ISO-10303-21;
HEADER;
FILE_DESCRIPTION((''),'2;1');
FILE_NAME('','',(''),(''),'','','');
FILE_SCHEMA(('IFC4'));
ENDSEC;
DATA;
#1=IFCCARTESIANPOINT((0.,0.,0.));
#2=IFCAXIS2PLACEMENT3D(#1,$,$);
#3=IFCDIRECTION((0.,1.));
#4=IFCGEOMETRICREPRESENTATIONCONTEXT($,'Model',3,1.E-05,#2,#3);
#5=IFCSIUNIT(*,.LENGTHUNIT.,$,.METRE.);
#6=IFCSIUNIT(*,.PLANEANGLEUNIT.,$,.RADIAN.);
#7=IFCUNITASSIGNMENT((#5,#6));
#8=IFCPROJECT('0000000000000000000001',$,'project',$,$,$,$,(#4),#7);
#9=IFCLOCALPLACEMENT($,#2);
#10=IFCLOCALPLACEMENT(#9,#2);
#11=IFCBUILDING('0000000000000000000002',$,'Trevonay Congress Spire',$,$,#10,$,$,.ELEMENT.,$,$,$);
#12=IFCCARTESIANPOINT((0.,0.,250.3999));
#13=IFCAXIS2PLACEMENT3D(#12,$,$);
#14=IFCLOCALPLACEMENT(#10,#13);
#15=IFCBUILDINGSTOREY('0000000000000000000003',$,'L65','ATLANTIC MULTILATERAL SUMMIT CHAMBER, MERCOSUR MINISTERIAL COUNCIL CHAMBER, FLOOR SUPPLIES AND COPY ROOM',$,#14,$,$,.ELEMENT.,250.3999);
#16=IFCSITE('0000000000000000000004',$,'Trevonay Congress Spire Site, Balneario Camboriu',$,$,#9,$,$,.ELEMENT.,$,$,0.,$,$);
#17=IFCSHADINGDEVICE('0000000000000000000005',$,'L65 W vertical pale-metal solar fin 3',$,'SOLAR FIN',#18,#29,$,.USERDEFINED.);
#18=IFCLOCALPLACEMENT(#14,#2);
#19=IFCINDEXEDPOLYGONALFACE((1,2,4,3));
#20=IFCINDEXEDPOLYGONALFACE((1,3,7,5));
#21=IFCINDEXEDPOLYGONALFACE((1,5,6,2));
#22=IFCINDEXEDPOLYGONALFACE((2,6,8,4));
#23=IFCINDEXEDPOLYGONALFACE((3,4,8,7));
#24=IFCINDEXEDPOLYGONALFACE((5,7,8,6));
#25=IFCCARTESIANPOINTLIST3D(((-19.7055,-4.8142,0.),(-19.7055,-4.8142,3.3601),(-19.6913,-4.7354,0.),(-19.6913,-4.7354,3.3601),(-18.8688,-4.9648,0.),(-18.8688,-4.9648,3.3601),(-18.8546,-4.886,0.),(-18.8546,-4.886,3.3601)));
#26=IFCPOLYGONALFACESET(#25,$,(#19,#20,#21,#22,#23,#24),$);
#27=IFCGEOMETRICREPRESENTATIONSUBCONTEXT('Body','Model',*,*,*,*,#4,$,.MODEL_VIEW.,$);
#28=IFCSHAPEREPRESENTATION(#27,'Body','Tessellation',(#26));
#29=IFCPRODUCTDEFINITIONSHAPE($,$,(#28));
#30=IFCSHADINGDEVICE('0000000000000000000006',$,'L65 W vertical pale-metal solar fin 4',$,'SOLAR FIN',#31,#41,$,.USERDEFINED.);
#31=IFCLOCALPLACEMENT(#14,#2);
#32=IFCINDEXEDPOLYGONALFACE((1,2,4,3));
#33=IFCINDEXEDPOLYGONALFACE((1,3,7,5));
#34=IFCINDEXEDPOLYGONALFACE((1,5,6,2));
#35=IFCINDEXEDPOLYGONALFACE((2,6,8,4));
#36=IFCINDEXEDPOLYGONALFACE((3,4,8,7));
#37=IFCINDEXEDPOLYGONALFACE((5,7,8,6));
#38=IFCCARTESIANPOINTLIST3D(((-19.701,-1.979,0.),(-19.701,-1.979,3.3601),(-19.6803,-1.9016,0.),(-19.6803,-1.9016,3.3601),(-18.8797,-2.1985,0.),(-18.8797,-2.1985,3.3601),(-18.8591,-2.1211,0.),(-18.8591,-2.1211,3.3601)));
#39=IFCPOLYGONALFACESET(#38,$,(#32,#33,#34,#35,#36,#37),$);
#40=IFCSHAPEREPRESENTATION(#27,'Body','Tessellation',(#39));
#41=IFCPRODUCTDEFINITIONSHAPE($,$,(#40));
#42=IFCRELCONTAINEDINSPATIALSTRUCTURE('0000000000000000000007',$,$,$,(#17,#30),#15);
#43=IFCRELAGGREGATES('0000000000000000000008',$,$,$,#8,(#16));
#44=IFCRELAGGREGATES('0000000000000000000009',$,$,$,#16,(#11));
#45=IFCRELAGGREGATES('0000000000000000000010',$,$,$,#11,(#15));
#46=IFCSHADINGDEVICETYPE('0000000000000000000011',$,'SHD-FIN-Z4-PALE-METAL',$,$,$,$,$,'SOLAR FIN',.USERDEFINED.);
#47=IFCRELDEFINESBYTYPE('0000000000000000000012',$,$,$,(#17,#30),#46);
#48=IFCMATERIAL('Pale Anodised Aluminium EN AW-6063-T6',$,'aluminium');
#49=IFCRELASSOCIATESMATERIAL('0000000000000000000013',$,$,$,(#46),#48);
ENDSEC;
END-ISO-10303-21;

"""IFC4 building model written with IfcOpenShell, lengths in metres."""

from ifc_helpers import new_model, si_unit, direction, frame, origin, origin_2d, place, context, subcontext, project, spatial, rectangle, extrude, material, type_object, element, save


model = new_model("IFC4")

# Units and contexts
model_context = context("Model", 3, precision=1e-05, world=origin(), true_north=direction((0.0, 1.0)))
body_context = subcontext(model_context, "Body", "Model", "MODEL_VIEW")
ifc_project = project(units=[si_unit("LENGTHUNIT", "METRE"), si_unit("PLANEANGLEUNIT", "RADIAN")], contexts=[model_context])

# Site, building, storey
site_placement = place(None, origin())
site = spatial("IfcSite", under=ifc_project, at=site_placement, Name="Trevonay Congress Spire Site, Balneario Camboriu", CompositionType="ELEMENT", RefElevation=0.0)
building_placement = place(site_placement, origin())
building = spatial("IfcBuilding", under=site, at=building_placement, Name="Trevonay Congress Spire", CompositionType="ELEMENT")
storey_placement = place(building_placement, frame((0.0, 0.0, 250.3999)))
storey = spatial("IfcBuildingStorey", under=building, at=storey_placement, Name="L65", Description="ATLANTIC MULTILATERAL SUMMIT CHAMBER, MERCOSUR MINISTERIAL COUNCIL CHAMBER, FLOOR SUPPLIES AND COPY ROOM", CompositionType="ELEMENT", Elevation=250.3999)

# Shared definitions
ifc_material_1 = material(Name="Pale Anodised Aluminium EN AW-6063-T6", Category="aluminium")

# Shading devices
shading_device_type = type_object("IfcShadingDeviceType", Name="SHD-FIN-Z4-PALE-METAL", ElementType="SOLAR FIN", PredefinedType="USERDEFINED", material=ifc_material_1)
for number, where, z_axis, x_axis, name in (
    (1, (-19.28, -4.8501, 0.0), (0.0, 0.0, 1.0), (0.177085, 0.984196, 0.0), "L65 W vertical pale-metal solar fin 3"),
    (2, (-19.28, -2.05, 0.0), (0.0, 0.0, 1.0), (0.258145, 0.966106, 0.0), "L65 W vertical pale-metal solar fin 4"),
):
    element("IfcShadingDevice", number, at=place(storey_placement, frame(where, z_axis=z_axis, x_axis=x_axis)), inside=storey, type_object=shading_device_type, Name=name, ObjectType="SOLAR FIN", PredefinedType="USERDEFINED", context=body_context, shape_type="SweptSolid", body=[
        extrude(rectangle(XDim=0.0801, YDim=0.8501, at=origin_2d()), origin(), (0.0, 0.0, 1.0), 3.3601),
    ])

save(model, "model.ifc")
